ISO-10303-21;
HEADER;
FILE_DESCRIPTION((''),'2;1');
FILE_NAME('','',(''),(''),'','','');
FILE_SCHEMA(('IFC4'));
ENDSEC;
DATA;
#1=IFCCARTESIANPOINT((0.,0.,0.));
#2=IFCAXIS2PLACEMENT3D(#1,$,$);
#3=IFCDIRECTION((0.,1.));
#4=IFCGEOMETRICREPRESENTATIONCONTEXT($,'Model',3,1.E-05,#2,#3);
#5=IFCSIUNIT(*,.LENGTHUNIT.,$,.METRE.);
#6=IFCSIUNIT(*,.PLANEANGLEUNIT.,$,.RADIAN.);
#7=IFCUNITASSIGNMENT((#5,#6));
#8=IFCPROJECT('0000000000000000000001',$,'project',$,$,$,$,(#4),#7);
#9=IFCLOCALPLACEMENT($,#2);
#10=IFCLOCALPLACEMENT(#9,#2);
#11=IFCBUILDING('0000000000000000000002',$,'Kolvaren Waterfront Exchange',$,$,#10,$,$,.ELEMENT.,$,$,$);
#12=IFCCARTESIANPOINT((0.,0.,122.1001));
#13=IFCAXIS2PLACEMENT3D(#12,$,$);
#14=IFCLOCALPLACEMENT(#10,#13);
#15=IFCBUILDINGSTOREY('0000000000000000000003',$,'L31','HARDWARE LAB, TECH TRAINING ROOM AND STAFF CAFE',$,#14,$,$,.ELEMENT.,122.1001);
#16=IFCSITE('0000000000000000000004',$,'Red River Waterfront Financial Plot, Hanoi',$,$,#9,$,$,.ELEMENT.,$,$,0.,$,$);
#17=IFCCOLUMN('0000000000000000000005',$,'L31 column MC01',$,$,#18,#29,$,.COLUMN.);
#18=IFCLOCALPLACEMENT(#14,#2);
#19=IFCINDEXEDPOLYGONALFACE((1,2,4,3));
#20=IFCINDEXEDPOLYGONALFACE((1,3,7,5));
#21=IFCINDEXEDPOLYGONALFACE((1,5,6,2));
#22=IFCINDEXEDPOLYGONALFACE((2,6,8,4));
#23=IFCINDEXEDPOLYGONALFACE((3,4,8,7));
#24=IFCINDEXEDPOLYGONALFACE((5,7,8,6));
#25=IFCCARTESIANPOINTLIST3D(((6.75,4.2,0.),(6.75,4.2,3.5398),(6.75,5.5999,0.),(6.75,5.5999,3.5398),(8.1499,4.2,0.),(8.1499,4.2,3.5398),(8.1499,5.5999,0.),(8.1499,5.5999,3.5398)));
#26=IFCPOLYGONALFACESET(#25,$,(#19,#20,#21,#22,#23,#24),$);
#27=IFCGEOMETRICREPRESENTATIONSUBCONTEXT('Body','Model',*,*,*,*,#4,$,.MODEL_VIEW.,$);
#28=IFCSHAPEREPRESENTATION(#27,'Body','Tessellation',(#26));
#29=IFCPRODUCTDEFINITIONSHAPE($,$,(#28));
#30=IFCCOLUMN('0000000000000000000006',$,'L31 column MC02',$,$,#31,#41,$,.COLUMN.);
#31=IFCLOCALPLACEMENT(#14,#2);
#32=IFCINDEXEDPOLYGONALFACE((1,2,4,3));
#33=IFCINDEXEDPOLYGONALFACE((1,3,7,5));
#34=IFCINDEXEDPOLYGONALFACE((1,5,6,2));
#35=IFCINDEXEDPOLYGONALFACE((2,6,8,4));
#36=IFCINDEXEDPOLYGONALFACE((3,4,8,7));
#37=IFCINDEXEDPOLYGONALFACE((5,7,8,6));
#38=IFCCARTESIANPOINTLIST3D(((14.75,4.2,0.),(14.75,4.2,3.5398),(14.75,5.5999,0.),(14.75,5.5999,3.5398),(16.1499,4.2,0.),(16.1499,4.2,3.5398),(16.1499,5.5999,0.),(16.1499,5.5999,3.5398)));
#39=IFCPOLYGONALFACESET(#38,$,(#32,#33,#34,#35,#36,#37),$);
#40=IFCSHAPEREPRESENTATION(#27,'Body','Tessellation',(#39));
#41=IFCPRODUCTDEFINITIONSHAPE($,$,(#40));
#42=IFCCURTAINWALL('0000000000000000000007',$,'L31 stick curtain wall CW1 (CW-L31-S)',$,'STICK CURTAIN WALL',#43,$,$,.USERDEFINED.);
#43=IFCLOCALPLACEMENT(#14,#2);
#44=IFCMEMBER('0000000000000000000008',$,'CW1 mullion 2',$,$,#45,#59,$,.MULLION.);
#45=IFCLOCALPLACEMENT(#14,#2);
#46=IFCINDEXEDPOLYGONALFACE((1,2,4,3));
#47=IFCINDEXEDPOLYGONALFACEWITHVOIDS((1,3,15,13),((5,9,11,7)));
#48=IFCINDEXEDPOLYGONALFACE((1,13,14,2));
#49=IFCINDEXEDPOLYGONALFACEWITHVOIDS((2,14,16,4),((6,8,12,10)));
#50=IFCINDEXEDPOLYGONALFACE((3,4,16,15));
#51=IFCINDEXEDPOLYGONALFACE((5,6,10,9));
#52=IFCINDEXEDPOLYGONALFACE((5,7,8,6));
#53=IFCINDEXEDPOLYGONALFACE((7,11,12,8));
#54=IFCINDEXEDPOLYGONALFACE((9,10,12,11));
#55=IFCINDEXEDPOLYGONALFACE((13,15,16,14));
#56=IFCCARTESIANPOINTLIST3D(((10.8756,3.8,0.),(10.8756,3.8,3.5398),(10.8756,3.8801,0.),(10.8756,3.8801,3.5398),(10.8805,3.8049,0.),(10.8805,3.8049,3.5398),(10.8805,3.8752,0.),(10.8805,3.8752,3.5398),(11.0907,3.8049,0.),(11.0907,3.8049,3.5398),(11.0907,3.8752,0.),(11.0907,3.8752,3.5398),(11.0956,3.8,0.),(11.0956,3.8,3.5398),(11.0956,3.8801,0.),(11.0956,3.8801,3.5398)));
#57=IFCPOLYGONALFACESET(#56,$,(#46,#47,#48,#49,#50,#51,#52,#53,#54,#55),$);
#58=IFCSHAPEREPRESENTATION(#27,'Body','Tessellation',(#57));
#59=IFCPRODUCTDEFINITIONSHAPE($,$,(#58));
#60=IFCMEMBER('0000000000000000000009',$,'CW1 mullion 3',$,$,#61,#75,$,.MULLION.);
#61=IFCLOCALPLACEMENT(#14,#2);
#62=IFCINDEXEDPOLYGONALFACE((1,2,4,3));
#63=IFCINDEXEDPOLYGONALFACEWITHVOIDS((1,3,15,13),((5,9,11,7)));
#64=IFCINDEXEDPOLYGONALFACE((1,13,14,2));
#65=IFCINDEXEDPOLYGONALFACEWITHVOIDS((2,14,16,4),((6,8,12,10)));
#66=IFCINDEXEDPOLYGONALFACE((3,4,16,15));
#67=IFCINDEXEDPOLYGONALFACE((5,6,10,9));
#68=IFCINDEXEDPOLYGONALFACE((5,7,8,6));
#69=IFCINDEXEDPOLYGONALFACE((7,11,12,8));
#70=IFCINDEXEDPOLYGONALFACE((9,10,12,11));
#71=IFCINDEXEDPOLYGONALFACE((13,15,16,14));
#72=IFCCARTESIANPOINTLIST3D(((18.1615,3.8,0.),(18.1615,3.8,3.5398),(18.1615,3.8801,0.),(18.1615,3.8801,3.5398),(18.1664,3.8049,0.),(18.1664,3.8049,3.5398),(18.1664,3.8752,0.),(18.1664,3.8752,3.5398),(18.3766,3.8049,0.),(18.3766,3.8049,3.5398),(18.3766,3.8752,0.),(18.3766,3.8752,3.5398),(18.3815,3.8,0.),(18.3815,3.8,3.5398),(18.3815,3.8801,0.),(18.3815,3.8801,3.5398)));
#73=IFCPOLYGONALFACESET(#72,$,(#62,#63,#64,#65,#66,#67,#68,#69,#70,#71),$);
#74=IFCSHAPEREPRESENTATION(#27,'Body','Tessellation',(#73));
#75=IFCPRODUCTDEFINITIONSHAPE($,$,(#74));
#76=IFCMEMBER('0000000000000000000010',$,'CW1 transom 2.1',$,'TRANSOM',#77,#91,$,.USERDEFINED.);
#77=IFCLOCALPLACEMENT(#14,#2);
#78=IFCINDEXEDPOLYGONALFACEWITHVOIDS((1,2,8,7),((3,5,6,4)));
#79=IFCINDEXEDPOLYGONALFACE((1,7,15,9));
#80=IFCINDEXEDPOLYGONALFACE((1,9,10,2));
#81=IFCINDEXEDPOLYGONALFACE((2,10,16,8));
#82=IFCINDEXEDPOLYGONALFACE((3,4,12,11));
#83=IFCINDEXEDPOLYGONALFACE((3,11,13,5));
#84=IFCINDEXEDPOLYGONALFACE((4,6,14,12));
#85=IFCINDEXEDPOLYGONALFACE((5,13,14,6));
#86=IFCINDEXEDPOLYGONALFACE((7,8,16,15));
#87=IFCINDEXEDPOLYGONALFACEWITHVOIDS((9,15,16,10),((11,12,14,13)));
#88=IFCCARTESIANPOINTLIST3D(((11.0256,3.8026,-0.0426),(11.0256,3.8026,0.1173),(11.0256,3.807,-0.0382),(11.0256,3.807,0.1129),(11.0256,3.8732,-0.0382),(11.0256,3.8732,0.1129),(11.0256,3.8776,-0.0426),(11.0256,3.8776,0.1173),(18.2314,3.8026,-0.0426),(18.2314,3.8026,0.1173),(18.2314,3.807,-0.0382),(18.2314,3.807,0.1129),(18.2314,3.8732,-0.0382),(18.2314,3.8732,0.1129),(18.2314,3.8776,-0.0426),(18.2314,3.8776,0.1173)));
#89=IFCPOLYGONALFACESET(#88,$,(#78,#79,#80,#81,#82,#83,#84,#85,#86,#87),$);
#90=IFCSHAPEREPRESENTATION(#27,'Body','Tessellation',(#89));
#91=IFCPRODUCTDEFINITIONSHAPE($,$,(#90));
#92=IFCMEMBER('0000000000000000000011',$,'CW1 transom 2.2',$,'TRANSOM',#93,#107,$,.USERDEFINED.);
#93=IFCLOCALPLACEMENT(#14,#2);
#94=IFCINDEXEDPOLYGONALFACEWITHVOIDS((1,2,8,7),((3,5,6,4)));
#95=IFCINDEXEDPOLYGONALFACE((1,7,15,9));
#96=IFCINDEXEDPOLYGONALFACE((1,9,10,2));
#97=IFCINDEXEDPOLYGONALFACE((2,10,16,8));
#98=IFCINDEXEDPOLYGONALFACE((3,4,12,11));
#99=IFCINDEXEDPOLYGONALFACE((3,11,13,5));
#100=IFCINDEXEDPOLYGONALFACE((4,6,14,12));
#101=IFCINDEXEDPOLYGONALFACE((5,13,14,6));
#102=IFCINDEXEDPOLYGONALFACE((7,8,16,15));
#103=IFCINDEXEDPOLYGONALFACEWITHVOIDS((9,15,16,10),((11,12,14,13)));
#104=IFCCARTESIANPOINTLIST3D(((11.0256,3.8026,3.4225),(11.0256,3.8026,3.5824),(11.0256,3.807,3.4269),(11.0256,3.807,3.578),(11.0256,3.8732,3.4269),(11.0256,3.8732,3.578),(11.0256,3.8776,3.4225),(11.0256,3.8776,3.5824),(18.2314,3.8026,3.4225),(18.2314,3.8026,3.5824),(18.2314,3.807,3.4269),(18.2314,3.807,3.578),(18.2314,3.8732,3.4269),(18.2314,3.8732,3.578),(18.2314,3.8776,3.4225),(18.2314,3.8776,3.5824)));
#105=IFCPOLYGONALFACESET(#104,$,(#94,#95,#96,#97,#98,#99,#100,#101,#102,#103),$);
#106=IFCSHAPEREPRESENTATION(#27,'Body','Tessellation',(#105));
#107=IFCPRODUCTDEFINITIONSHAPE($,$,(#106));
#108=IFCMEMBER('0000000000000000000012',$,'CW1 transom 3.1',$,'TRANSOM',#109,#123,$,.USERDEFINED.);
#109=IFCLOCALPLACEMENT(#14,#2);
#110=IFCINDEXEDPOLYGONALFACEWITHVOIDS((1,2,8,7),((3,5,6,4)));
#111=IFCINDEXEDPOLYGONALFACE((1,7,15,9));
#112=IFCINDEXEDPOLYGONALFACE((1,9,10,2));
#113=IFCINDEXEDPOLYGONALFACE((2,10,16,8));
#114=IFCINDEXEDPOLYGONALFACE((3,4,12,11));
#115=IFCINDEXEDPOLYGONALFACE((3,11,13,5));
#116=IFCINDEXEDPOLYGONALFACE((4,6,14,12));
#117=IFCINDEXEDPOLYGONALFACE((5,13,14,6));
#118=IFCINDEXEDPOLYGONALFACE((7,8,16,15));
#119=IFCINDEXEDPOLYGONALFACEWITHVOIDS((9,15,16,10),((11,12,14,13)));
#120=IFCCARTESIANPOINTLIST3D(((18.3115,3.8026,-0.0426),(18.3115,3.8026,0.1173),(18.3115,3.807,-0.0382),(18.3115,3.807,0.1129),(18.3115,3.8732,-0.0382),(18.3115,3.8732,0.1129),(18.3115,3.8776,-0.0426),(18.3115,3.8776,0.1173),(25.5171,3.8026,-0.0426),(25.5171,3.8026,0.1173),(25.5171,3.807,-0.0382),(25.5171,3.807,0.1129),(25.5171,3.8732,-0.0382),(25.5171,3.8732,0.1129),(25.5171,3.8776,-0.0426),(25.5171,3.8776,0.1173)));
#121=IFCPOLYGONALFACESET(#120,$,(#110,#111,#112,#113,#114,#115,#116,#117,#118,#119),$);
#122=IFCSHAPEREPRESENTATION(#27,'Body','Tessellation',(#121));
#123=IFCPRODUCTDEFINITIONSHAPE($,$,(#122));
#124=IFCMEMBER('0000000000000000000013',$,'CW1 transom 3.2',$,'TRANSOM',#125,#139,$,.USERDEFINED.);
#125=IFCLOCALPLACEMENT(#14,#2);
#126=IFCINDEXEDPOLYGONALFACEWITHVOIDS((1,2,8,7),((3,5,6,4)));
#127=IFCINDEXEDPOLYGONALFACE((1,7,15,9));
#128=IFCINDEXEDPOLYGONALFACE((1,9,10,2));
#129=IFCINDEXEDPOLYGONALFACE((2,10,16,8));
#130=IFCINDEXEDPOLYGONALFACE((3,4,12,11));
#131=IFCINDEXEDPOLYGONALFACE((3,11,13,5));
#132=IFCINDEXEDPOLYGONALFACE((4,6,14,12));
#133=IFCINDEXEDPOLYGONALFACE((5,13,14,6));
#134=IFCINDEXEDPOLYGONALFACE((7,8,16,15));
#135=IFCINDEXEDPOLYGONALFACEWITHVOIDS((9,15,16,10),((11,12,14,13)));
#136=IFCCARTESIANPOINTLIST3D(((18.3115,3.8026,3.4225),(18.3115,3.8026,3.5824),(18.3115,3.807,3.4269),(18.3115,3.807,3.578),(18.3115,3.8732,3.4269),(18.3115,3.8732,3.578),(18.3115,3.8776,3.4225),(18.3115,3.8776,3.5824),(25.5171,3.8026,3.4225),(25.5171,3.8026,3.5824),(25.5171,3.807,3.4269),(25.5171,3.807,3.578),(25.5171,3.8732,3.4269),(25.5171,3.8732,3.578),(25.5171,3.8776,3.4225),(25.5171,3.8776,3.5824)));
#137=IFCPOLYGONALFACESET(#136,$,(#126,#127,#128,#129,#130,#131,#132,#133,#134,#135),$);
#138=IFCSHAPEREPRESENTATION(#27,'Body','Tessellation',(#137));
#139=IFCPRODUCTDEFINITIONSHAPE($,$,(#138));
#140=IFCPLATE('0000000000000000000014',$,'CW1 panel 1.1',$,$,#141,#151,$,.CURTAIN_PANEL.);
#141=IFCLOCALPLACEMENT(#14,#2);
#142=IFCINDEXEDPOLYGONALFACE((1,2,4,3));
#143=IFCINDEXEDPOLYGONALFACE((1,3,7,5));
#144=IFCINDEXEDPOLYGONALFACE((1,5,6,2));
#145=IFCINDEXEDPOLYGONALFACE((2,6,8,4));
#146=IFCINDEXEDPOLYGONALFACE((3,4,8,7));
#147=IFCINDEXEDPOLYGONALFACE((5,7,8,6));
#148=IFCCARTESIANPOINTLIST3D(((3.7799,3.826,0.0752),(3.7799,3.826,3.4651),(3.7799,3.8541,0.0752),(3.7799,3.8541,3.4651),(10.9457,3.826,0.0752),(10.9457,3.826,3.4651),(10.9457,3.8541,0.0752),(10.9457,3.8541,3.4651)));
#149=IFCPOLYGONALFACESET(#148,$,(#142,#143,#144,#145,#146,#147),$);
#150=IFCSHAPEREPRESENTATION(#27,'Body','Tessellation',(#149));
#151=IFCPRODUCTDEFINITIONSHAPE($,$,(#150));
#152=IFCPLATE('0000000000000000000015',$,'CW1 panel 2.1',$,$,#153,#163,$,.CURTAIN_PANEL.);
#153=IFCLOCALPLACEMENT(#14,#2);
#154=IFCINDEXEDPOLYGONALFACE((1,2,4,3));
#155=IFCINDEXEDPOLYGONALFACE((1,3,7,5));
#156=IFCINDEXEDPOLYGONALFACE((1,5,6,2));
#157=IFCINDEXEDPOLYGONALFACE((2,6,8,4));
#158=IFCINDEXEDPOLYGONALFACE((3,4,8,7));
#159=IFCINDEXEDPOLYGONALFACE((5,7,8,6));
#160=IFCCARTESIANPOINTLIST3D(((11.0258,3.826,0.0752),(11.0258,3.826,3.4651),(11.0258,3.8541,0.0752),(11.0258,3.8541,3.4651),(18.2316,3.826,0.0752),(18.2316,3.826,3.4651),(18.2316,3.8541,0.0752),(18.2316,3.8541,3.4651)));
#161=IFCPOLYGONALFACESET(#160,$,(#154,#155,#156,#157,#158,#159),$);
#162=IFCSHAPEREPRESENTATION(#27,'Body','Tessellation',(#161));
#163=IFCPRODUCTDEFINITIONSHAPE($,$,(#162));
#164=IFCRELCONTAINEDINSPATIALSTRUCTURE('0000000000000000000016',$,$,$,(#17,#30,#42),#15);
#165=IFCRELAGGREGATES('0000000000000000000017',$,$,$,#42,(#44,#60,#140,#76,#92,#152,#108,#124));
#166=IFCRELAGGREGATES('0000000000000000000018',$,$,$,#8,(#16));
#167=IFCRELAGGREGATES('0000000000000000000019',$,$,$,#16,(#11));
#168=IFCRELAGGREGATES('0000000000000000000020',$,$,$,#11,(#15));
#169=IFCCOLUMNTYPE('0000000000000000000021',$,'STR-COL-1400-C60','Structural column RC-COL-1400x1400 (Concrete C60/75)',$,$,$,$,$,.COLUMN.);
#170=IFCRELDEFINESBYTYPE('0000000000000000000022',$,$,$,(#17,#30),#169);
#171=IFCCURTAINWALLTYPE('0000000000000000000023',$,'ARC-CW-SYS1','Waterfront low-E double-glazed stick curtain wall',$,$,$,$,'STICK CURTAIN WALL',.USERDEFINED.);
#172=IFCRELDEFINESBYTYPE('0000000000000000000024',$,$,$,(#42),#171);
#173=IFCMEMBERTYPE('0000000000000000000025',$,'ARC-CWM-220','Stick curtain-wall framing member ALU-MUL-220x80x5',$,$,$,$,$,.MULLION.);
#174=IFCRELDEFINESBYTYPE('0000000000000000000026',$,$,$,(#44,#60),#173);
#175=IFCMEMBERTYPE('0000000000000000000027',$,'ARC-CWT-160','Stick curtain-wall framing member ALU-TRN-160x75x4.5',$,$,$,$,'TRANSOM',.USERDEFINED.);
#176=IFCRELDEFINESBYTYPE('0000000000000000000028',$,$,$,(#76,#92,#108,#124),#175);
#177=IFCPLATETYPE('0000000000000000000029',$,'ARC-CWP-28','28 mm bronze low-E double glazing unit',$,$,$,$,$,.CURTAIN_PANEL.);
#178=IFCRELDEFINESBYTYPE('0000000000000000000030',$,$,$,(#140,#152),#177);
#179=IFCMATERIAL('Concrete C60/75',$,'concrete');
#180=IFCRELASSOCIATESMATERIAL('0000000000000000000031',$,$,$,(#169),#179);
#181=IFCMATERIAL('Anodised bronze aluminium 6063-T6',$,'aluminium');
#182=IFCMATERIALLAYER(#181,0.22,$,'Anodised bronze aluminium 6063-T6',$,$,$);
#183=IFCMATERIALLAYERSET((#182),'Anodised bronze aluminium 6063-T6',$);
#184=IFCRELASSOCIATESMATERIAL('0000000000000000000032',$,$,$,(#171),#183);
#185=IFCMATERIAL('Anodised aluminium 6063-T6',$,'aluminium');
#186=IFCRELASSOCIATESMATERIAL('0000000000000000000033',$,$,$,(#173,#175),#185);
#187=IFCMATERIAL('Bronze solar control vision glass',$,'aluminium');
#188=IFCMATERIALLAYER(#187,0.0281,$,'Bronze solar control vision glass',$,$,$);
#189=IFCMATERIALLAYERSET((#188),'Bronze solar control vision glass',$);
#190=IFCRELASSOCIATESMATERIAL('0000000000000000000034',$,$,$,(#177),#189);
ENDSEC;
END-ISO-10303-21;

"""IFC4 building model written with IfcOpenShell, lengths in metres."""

from ifc_helpers import new_model, si_unit, direction, frame, origin, origin_with_axes, origin_2d, place, context, subcontext, project, spatial, rectangle, hollow_rectangle, extrude, source, transform, mapped, material, layer, layer_set, material_profile, profile_set, type_object, element, aggregate, save


model = new_model("IFC4")

# Units and contexts
model_context = context("Model", 3, precision=1e-05, world=origin(), true_north=direction((0.0, 1.0)))
body_context = subcontext(model_context, "Body", "Model", "MODEL_VIEW")
ifc_project = project(units=[si_unit("LENGTHUNIT", "METRE"), si_unit("PLANEANGLEUNIT", "RADIAN")], contexts=[model_context])

# Site, building, storey
site_placement = place(None, origin())
site = spatial("IfcSite", under=ifc_project, at=site_placement, Name="Red River Waterfront Financial Plot, Hanoi", CompositionType="ELEMENT", RefElevation=0.0)
building_placement = place(site_placement, origin())
building = spatial("IfcBuilding", under=site, at=building_placement, Name="Kolvaren Waterfront Exchange", CompositionType="ELEMENT")
storey_placement = place(building_placement, frame((0.0, 0.0, 122.1001)))
storey = spatial("IfcBuildingStorey", under=building, at=storey_placement, Name="L31", Description="HARDWARE LAB, TECH TRAINING ROOM AND STAFF CAFE", CompositionType="ELEMENT", Elevation=122.1001)

# Columns
ifc_material_1 = material(Name="Concrete C60/75", Category="concrete")
ifc_material_profile_1 = material_profile(ifc_material_1, rectangle(XDim=1.3999, YDim=1.3999, at=origin_2d()), Name="RC-COL-1400x1400")
ifc_profile_set_1 = profile_set([ifc_material_profile_1], Name="Concrete C60/75")
column_type = type_object("IfcColumnType", Name="STR-COL-1400-C60", Description="Structural column RC-COL-1400x1400 (Concrete C60/75)", PredefinedType="COLUMN", material=ifc_profile_set_1)
for number, where, z_axis, x_axis, name in (
    (1, (7.45, 4.8999, 0.0), (0.0, 0.0, 1.0), (1.0, 0.0, 0.0), "L31 column MC01"),
    (2, (15.45, 4.8999, 0.0), (0.0, 0.0, 1.0), (1.0, 0.0, 0.0), "L31 column MC02"),
):
    element("IfcColumn", number, at=place(storey_placement, frame(where, z_axis=z_axis, x_axis=x_axis)), inside=storey, type_object=column_type, Name=name, PredefinedType="COLUMN", context=body_context, shape_type="SweptSolid", body=[
        extrude(rectangle(XDim=1.3999, YDim=1.3999, at=origin_2d()), origin(), (0.0, 0.0, 1.0), 3.5398),
    ])

# Curtain wall, members, plates
ifc_material_2 = material(Name="Anodised bronze aluminium 6063-T6", Category="aluminium")
ifc_layer_1 = layer(ifc_material_2, 0.22, Name="Anodised bronze aluminium 6063-T6")
ifc_layer_set_1 = layer_set([ifc_layer_1], Name="Anodised bronze aluminium 6063-T6")
curtain_wall_type = type_object("IfcCurtainWallType", Name="ARC-CW-SYS1", Description="Waterfront low-E double-glazed stick curtain wall", ElementType="STICK CURTAIN WALL", PredefinedType="USERDEFINED", material=ifc_layer_set_1)
curtain_wall_placement = place(storey_placement, origin())
curtain_wall = element("IfcCurtainWall", 3, at=curtain_wall_placement, inside=storey, type_object=curtain_wall_type, Name="L31 stick curtain wall CW1 (CW-L31-S)", ObjectType="STICK CURTAIN WALL", PredefinedType="USERDEFINED")
ifc_material_3 = material(Name="Anodised aluminium 6063-T6", Category="aluminium")
ifc_material_profile_2 = material_profile(ifc_material_3, hollow_rectangle(XDim=0.0801, YDim=0.22, WallThickness=0.0049, at=origin_2d()), Name="ALU-MUL-220x80x5")
ifc_profile_set_2 = profile_set([ifc_material_profile_2], Name="Anodised aluminium 6063-T6")
member_type_1 = type_object("IfcMemberType", Name="ARC-CWM-220", Description="Stick curtain-wall framing member ALU-MUL-220x80x5", PredefinedType="MULLION", material=ifc_profile_set_2)
shared_shape_1 = source(origin_with_axes(), body_context, "Body", "SweptSolid", [
    extrude(hollow_rectangle(XDim=0.0801, YDim=0.22, WallThickness=0.0049, at=origin_2d()), origin(), (0.0, 0.0, 1.0), 3.5398),
])
member_1_placement = place(storey_placement, frame((10.9856, 3.8401, 0.0), z_axis=(0.0, 0.0, 1.0), x_axis=(0.0, 1.0, 0.0)))
member_1 = element("IfcMember", 4, at=member_1_placement, type_object=member_type_1, Name="CW1 mullion 2", PredefinedType="MULLION", context=body_context, shape_type="MappedRepresentation", body=[
    mapped(shared_shape_1, transform((0.0, 0.0, 0.0), x_axis=(1.0, 0.0, 0.0), y_axis=(0.0, 1.0, 0.0), z_axis=(0.0, 0.0, 1.0), scale=1.0)),
])
member_2_placement = place(storey_placement, frame((18.2715, 3.8401, 0.0), z_axis=(0.0, 0.0, 1.0), x_axis=(0.0, 1.0, 0.0)))
member_2 = element("IfcMember", 5, at=member_2_placement, type_object=member_type_1, Name="CW1 mullion 3", PredefinedType="MULLION", context=body_context, shape_type="MappedRepresentation", body=[
    mapped(shared_shape_1, transform((0.0, 0.0, 0.0), x_axis=(1.0, 0.0, 0.0), y_axis=(0.0, 1.0, 0.0), z_axis=(0.0, 0.0, 1.0), scale=1.0)),
])
ifc_material_profile_3 = material_profile(ifc_material_3, hollow_rectangle(XDim=0.075, YDim=0.1599, WallThickness=0.0044, at=origin_2d()), Name="ALU-TRN-160x75x4.5")
ifc_profile_set_3 = profile_set([ifc_material_profile_3], Name="Anodised aluminium 6063-T6")
member_type_2 = type_object("IfcMemberType", Name="ARC-CWT-160", Description="Stick curtain-wall framing member ALU-TRN-160x75x4.5", ElementType="TRANSOM", PredefinedType="USERDEFINED", material=ifc_profile_set_3)
shared_shape_2 = source(origin_with_axes(), body_context, "Body", "SweptSolid", [
    extrude(hollow_rectangle(XDim=0.075, YDim=0.1599, WallThickness=0.0044, at=origin_2d()), origin(), (0.0, 0.0, 1.0), 7.2058),
])
member_3_placement = place(storey_placement, frame((11.0256, 3.8401, 0.0374), z_axis=(1.0, 0.0, 0.0), x_axis=(0.0, 1.0, 0.0)))
member_3 = element("IfcMember", 6, at=member_3_placement, type_object=member_type_2, Name="CW1 transom 2.1", ObjectType="TRANSOM", PredefinedType="USERDEFINED", context=body_context, shape_type="MappedRepresentation", body=[
    mapped(shared_shape_2, transform((0.0, 0.0, 0.0), x_axis=(1.0, 0.0, 0.0), y_axis=(0.0, 1.0, 0.0), z_axis=(0.0, 0.0, 1.0), scale=1.0)),
])
member_4_placement = place(storey_placement, frame((11.0256, 3.8401, 3.5024), z_axis=(1.0, 0.0, 0.0), x_axis=(0.0, 1.0, 0.0)))
member_4 = element("IfcMember", 7, at=member_4_placement, type_object=member_type_2, Name="CW1 transom 2.2", ObjectType="TRANSOM", PredefinedType="USERDEFINED", context=body_context, shape_type="MappedRepresentation", body=[
    mapped(shared_shape_2, transform((0.0, 0.0, 0.0), x_axis=(1.0, 0.0, 0.0), y_axis=(0.0, 1.0, 0.0), z_axis=(0.0, 0.0, 1.0), scale=1.0)),
])
shared_shape_3 = source(origin_with_axes(), body_context, "Body", "SweptSolid", [
    extrude(hollow_rectangle(XDim=0.075, YDim=0.1599, WallThickness=0.0044, at=origin_2d()), origin(), (0.0, 0.0, 1.0), 7.2056),
])
member_5_placement = place(storey_placement, frame((18.3115, 3.8401, 0.0374), z_axis=(1.0, 0.0, 0.0), x_axis=(0.0, 1.0, 0.0)))
member_5 = element("IfcMember", 8, at=member_5_placement, type_object=member_type_2, Name="CW1 transom 3.1", ObjectType="TRANSOM", PredefinedType="USERDEFINED", context=body_context, shape_type="MappedRepresentation", body=[
    mapped(shared_shape_3, transform((0.0, 0.0, 0.0), x_axis=(1.0, 0.0, 0.0), y_axis=(0.0, 1.0, 0.0), z_axis=(0.0, 0.0, 1.0), scale=1.0)),
])
member_6_placement = place(storey_placement, frame((18.3115, 3.8401, 3.5024), z_axis=(1.0, 0.0, 0.0), x_axis=(0.0, 1.0, 0.0)))
member_6 = element("IfcMember", 9, at=member_6_placement, type_object=member_type_2, Name="CW1 transom 3.2", ObjectType="TRANSOM", PredefinedType="USERDEFINED", context=body_context, shape_type="MappedRepresentation", body=[
    mapped(shared_shape_3, transform((0.0, 0.0, 0.0), x_axis=(1.0, 0.0, 0.0), y_axis=(0.0, 1.0, 0.0), z_axis=(0.0, 0.0, 1.0), scale=1.0)),
])
ifc_material_4 = material(Name="Bronze solar control vision glass", Category="aluminium")
ifc_layer_2 = layer(ifc_material_4, 0.0281, Name="Bronze solar control vision glass")
ifc_layer_set_2 = layer_set([ifc_layer_2], Name="Bronze solar control vision glass")
plate_type = type_object("IfcPlateType", Name="ARC-CWP-28", Description="28 mm bronze low-E double glazing unit", PredefinedType="CURTAIN_PANEL", material=ifc_layer_set_2)
shared_shape_4 = source(origin_with_axes(), body_context, "Body", "SweptSolid", [
    extrude(rectangle(XDim=7.1658, YDim=0.0281, at=origin_2d()), origin(), (0.0, 0.0, 1.0), 3.3899),
])
plate_1_placement = place(storey_placement, frame((7.3628, 3.8401, 0.0752), z_axis=(0.0, 0.0, 1.0), x_axis=(1.0, 0.0, 0.0)))
plate_1 = element("IfcPlate", 10, at=plate_1_placement, type_object=plate_type, Name="CW1 panel 1.1", PredefinedType="CURTAIN_PANEL", context=body_context, shape_type="MappedRepresentation", body=[
    mapped(shared_shape_4, transform((0.0, 0.0, 0.0), x_axis=(1.0, 0.0, 0.0), y_axis=(0.0, 1.0, 0.0), z_axis=(0.0, 0.0, 1.0), scale=1.0)),
])
shared_shape_5 = source(origin_with_axes(), body_context, "Body", "SweptSolid", [
    extrude(rectangle(XDim=7.2058, YDim=0.0281, at=origin_2d()), origin(), (0.0, 0.0, 1.0), 3.3899),
])
plate_2_placement = place(storey_placement, frame((14.6287, 3.8401, 0.0752), z_axis=(0.0, 0.0, 1.0), x_axis=(1.0, 0.0, 0.0)))
plate_2 = element("IfcPlate", 11, at=plate_2_placement, type_object=plate_type, Name="CW1 panel 2.1", PredefinedType="CURTAIN_PANEL", context=body_context, shape_type="MappedRepresentation", body=[
    mapped(shared_shape_5, transform((0.0, 0.0, 0.0), x_axis=(1.0, 0.0, 0.0), y_axis=(0.0, 1.0, 0.0), z_axis=(0.0, 0.0, 1.0), scale=1.0)),
])
aggregate(curtain_wall, [member_1, member_2, plate_1, member_3, member_4, plate_2, member_5, member_6])

save(model, "model.ifc")
